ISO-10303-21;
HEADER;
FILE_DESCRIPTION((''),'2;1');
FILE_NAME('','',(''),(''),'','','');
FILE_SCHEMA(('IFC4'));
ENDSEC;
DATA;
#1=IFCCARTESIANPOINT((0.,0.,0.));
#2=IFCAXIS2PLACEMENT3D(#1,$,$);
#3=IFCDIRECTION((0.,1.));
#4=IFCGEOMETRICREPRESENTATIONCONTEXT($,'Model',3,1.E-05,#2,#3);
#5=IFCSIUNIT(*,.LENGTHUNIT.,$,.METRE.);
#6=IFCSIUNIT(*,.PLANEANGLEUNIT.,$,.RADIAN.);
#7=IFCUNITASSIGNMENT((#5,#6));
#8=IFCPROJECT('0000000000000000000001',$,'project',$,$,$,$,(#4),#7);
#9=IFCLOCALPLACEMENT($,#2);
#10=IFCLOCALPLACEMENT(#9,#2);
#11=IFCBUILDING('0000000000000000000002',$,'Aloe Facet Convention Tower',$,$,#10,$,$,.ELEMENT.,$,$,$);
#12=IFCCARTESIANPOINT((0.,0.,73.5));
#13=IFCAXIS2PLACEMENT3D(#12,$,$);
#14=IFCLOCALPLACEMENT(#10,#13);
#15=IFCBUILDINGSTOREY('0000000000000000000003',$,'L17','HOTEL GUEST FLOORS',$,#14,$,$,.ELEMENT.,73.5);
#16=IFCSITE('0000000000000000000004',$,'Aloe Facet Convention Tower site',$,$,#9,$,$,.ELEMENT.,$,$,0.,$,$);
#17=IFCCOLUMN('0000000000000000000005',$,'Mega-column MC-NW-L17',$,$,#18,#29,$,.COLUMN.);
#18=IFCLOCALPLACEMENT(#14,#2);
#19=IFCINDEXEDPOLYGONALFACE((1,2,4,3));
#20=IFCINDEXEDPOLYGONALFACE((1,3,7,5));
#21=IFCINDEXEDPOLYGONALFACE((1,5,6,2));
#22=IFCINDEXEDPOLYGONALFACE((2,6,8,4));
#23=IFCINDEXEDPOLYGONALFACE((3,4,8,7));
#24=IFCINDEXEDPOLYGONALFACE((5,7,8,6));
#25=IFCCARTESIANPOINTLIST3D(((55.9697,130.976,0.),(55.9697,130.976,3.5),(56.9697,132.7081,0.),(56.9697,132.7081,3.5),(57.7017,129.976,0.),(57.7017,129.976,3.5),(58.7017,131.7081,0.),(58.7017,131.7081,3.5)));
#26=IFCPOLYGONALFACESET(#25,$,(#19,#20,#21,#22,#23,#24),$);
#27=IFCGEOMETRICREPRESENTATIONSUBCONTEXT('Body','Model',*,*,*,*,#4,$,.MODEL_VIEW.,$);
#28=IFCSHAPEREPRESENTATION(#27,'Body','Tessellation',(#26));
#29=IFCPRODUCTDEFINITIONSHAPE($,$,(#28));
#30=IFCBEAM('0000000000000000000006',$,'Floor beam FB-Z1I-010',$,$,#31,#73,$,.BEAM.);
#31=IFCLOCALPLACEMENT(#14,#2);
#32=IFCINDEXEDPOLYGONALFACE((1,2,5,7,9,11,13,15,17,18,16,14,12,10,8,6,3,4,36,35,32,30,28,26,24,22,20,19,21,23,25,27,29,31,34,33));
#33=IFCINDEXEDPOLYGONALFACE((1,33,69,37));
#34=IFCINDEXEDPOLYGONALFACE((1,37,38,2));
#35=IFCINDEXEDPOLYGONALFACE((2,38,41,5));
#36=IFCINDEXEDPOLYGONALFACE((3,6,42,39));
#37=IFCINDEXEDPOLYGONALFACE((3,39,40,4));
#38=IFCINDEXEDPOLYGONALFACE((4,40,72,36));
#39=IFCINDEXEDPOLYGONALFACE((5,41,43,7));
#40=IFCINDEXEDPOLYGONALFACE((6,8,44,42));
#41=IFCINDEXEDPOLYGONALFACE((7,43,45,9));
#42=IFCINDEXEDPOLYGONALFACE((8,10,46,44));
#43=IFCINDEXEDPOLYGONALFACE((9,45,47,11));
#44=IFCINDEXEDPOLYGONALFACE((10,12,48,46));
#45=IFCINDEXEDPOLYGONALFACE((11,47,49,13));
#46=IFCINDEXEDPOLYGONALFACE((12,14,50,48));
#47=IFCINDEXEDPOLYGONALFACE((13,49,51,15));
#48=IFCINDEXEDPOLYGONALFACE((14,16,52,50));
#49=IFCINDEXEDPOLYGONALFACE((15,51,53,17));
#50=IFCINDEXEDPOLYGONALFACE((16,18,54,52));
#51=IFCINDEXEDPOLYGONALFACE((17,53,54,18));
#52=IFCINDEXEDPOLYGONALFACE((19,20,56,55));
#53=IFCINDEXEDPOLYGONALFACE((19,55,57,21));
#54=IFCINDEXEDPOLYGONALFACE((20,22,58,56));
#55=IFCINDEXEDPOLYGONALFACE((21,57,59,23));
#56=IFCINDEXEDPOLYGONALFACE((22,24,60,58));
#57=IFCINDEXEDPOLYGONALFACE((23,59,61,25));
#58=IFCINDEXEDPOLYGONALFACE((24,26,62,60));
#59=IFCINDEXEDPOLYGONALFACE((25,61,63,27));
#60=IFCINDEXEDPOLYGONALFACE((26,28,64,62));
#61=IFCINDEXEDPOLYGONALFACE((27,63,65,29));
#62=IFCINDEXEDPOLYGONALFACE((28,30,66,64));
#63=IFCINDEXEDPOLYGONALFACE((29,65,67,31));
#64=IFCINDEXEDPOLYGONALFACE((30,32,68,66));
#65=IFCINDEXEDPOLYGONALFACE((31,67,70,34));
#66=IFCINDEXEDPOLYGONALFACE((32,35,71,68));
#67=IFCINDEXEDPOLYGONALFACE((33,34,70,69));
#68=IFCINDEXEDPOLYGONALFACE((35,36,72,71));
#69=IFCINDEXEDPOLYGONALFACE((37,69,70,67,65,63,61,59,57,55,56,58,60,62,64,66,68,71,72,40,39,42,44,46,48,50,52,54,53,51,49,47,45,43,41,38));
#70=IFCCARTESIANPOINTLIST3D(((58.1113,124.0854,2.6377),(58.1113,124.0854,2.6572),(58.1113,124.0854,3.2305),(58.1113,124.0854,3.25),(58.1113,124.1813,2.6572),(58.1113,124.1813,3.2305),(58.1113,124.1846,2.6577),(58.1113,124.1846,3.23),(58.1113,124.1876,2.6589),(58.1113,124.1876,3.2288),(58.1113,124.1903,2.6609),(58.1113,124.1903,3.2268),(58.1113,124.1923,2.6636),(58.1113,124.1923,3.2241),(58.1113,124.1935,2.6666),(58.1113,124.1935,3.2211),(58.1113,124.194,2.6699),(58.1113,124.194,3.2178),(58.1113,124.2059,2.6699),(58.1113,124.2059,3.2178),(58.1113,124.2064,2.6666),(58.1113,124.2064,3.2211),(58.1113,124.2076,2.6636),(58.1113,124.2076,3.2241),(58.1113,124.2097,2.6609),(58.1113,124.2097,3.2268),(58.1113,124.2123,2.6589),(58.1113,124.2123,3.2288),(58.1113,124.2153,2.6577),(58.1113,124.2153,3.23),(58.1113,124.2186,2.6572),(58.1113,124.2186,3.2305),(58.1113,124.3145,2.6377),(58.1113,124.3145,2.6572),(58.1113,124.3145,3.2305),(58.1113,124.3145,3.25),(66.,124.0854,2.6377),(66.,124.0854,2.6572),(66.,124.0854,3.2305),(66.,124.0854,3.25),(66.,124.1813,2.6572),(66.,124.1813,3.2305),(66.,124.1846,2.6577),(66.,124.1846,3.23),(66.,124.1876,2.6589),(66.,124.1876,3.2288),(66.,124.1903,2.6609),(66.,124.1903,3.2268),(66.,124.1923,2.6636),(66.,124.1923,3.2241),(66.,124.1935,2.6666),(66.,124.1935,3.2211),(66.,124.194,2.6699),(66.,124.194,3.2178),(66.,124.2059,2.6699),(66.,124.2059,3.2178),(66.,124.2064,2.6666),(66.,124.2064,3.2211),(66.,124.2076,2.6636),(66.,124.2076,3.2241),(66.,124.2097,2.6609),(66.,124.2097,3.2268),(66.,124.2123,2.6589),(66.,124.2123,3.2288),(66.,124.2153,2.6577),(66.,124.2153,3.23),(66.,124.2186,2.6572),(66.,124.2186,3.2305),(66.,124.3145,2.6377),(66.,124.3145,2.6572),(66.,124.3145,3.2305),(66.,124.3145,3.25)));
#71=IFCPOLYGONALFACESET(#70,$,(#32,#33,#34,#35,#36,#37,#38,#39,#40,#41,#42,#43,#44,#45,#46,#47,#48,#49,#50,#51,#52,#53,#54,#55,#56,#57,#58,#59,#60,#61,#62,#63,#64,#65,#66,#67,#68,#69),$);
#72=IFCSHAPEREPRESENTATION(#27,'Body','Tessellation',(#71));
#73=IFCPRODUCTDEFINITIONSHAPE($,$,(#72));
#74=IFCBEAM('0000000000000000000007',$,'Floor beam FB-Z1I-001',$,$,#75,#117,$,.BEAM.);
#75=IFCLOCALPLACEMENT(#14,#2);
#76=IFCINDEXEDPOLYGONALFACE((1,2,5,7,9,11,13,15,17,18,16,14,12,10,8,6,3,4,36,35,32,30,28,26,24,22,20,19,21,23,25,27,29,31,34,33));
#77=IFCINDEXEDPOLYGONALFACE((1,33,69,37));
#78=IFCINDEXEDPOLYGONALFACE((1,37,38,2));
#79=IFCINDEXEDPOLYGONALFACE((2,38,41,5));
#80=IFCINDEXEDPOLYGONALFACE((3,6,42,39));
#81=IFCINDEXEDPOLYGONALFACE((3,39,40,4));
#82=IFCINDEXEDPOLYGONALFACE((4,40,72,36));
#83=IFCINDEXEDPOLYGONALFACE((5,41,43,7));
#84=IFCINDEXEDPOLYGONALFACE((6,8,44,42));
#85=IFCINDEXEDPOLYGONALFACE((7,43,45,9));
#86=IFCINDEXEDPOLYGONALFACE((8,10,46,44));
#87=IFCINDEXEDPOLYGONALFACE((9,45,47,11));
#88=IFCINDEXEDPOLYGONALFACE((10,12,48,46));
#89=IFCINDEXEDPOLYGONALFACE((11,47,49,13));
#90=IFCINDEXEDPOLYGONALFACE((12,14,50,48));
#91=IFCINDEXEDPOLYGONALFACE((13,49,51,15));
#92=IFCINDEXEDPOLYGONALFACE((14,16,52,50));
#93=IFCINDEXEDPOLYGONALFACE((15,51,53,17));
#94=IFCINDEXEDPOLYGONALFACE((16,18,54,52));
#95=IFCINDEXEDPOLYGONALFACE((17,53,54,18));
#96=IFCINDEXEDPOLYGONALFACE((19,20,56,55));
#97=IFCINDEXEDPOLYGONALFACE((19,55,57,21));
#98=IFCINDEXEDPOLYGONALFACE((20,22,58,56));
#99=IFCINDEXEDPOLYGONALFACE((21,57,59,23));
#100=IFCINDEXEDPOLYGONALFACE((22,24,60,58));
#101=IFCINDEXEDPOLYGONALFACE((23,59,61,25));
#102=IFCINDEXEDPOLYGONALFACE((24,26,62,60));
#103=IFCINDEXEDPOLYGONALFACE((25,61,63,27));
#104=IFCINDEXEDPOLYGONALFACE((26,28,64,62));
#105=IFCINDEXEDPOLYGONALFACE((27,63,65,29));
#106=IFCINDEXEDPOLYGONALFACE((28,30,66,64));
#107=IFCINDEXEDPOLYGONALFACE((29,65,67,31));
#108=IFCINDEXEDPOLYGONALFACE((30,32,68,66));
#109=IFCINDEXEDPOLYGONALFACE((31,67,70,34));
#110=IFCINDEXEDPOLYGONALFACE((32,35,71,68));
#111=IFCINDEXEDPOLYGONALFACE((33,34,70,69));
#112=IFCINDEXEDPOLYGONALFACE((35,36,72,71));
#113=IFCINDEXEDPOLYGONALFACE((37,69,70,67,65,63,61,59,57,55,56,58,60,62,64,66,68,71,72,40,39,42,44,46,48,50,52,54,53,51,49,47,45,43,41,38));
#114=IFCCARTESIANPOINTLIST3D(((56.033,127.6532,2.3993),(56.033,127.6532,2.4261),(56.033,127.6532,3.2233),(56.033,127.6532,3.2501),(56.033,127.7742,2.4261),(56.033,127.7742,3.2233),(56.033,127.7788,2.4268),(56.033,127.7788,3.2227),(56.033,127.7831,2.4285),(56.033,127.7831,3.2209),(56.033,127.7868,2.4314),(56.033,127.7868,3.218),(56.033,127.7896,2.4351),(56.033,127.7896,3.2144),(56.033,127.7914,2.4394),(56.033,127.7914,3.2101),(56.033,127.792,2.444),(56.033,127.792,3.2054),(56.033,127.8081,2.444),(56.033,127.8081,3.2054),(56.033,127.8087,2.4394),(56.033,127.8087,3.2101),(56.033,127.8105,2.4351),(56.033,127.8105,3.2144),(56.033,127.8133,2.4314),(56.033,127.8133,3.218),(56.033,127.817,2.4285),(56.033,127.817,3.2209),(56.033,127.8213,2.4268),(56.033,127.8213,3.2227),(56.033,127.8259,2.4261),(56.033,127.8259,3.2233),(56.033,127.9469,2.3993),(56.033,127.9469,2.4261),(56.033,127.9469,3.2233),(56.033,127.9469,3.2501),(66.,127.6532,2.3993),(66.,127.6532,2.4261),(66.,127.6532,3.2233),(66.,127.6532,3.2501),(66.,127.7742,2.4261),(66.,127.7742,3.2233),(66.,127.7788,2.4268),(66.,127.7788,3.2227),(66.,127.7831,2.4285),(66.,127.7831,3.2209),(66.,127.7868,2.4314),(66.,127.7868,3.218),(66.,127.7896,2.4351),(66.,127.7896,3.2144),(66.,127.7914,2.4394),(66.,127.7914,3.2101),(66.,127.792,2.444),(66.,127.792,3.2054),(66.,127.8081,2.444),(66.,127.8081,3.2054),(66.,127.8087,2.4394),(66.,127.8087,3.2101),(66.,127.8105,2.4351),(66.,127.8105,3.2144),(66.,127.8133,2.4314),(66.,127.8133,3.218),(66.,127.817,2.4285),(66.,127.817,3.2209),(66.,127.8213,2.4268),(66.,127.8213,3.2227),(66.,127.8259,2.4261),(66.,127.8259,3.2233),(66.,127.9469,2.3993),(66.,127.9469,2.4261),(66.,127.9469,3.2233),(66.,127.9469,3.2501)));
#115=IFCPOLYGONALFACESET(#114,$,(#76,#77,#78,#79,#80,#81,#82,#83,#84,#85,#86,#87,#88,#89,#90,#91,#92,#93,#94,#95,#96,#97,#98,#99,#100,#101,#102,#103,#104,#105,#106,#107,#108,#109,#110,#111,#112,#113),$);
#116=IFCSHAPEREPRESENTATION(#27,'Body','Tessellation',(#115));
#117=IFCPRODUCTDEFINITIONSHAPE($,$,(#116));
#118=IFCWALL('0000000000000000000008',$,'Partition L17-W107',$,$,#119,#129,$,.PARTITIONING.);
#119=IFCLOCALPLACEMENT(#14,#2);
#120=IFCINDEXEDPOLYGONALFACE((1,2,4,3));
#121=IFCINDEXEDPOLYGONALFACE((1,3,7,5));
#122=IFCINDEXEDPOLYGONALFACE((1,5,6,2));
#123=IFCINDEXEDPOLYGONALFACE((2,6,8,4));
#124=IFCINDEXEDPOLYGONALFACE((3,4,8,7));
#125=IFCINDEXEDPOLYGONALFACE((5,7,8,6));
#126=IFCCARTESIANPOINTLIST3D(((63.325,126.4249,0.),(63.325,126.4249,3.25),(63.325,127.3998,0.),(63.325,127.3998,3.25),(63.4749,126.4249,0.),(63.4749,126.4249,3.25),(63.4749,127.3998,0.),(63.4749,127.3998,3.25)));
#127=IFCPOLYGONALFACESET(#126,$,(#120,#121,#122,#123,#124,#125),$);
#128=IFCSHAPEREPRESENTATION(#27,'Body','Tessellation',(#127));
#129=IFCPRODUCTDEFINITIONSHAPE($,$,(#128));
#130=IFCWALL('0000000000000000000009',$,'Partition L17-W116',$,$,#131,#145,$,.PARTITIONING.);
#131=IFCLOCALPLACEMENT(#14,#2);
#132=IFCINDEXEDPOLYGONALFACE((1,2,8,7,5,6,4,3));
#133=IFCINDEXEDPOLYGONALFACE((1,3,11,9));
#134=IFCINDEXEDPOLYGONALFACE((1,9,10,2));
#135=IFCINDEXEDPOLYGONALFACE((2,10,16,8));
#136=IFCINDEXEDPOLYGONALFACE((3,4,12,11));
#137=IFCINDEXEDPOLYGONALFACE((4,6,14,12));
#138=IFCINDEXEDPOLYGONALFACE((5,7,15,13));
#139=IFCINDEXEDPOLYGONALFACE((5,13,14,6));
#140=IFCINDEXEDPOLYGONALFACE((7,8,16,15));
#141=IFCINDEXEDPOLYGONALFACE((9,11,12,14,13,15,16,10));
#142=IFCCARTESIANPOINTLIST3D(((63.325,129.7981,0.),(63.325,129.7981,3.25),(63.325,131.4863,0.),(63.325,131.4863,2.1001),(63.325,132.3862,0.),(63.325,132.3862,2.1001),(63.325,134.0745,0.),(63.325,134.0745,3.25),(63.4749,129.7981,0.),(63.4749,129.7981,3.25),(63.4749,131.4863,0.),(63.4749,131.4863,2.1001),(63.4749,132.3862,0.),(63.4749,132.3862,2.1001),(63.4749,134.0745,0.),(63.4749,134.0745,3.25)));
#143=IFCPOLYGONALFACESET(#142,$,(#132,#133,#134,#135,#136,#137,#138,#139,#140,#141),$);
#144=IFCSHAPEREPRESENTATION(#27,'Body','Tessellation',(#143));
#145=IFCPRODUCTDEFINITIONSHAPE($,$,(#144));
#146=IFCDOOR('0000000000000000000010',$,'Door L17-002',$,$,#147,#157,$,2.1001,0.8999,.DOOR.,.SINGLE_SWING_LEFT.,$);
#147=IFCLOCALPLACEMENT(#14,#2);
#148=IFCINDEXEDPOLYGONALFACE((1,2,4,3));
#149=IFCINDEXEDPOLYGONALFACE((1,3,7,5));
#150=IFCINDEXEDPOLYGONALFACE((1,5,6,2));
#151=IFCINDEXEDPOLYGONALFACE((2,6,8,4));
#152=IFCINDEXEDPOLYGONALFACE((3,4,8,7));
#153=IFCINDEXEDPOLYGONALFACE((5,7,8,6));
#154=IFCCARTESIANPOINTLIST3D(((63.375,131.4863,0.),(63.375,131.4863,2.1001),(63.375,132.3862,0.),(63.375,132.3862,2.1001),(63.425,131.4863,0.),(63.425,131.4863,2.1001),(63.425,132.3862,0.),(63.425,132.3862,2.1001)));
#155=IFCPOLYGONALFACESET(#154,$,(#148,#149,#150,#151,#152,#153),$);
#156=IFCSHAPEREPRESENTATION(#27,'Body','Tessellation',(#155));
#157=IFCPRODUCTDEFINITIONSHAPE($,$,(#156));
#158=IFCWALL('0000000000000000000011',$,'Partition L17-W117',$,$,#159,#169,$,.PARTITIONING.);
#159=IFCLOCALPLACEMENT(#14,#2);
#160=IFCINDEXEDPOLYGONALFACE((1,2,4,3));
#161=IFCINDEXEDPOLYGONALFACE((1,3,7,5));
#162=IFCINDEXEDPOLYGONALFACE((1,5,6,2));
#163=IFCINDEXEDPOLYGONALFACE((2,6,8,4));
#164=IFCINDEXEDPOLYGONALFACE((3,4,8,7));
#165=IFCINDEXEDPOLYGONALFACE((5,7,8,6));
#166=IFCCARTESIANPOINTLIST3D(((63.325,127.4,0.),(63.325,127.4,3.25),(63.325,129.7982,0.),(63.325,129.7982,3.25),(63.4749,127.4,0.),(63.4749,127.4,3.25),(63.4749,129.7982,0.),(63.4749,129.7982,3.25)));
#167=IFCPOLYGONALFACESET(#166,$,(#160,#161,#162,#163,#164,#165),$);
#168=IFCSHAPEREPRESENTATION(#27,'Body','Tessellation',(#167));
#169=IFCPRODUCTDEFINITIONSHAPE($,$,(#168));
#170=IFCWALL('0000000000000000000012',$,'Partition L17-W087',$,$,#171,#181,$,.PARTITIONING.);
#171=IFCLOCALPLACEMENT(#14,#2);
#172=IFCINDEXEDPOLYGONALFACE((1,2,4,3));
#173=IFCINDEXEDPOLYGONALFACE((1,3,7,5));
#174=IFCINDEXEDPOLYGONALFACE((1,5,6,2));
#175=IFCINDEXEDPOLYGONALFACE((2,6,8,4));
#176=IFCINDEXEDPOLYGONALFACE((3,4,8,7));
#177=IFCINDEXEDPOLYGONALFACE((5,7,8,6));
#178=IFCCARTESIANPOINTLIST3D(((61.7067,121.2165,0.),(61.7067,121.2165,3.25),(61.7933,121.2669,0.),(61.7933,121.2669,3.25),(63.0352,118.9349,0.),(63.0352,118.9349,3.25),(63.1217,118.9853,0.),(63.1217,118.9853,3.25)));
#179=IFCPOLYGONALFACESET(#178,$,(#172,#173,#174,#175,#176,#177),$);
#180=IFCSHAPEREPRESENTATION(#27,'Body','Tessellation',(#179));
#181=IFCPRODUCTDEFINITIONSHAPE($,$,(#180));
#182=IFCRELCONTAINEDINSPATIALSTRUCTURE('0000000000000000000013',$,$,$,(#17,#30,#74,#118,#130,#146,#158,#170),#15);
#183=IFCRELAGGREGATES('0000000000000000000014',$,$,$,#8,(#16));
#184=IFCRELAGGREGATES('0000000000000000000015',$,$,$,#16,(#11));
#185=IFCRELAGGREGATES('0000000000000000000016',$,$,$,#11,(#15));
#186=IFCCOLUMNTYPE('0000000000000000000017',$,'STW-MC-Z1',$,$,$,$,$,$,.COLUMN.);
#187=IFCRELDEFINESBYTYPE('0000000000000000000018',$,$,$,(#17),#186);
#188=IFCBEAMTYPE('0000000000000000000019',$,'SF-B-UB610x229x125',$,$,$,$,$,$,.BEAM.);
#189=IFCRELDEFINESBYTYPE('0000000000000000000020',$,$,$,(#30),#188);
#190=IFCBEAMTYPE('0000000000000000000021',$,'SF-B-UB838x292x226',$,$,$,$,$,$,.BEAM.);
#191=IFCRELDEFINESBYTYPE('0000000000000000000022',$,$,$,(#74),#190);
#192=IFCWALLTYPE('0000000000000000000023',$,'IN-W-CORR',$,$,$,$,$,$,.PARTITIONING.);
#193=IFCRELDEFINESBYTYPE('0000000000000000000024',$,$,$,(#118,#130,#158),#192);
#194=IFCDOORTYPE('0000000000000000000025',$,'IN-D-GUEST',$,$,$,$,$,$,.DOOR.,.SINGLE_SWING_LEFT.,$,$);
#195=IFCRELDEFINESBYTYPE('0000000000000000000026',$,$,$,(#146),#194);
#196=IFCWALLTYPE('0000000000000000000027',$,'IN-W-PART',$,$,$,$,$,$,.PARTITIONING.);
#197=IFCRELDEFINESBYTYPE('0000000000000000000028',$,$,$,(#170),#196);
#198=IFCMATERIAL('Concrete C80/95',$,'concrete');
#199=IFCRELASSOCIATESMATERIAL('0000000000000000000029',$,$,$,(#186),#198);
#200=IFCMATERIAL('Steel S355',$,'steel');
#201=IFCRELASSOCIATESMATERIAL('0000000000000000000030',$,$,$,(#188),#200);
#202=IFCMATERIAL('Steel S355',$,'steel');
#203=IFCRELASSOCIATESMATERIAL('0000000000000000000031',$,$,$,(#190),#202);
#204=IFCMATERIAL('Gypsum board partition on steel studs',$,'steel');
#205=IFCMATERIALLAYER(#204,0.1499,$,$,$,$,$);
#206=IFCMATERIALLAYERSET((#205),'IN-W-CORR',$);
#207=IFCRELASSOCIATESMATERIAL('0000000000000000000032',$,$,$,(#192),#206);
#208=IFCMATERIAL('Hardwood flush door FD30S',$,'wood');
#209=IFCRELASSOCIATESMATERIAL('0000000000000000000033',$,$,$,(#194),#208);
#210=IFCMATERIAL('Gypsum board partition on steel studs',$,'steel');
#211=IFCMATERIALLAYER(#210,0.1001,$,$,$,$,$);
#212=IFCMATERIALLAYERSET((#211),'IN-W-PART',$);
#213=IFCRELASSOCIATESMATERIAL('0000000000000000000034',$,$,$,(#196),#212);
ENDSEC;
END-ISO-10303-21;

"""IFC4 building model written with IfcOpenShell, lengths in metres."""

from ifc_helpers import new_model, si_unit, direction, frame, frame_2d, origin, origin_2d, place, context, subcontext, project, spatial, rectangle, i_section, extrude, material, layer, layer_set, material_profile, profile_set, type_object, element, fill, save


model = new_model("IFC4")

# Units and contexts
model_context = context("Model", 3, precision=1e-05, world=origin(), true_north=direction((0.0, 1.0)))
body_context = subcontext(model_context, "Body", "Model", "MODEL_VIEW")
ifc_project = project(units=[si_unit("LENGTHUNIT", "METRE"), si_unit("PLANEANGLEUNIT", "RADIAN")], contexts=[model_context])

# Site, building, storey
site_placement = place(None, origin())
site = spatial("IfcSite", under=ifc_project, at=site_placement, Name="Aloe Facet Convention Tower site", CompositionType="ELEMENT", RefElevation=0.0)
building_placement = place(site_placement, origin())
building = spatial("IfcBuilding", under=site, at=building_placement, Name="Aloe Facet Convention Tower", CompositionType="ELEMENT")
storey_placement = place(building_placement, frame((0.0, 0.0, 73.5)))
storey = spatial("IfcBuildingStorey", under=building, at=storey_placement, Name="L17", Description="HOTEL GUEST FLOORS", CompositionType="ELEMENT", Elevation=73.5)

# Column
ifc_material_1 = material(Name="Concrete C80/95", Category="concrete")
ifc_material_profile_1 = material_profile(ifc_material_1, rectangle(XDim=2.0, YDim=2.0, at=origin_2d()), Name="STW-MC-Z1")
ifc_profile_set_1 = profile_set([ifc_material_profile_1], Name="Concrete C80/95")
column_type = type_object("IfcColumnType", Name="STW-MC-Z1", PredefinedType="COLUMN", material=ifc_profile_set_1)
column_placement = place(storey_placement, frame((57.3357, 131.342, 0.0), z_axis=(0.0, 0.0, 1.0), x_axis=(-0.5, -0.866025, 0.0)))
element("IfcColumn", 1, at=column_placement, inside=storey, type_object=column_type, Name="Mega-column MC-NW-L17", PredefinedType="COLUMN", context=body_context, shape_type="SweptSolid", body=[
    extrude(rectangle(XDim=2.0, YDim=2.0, at=origin_2d()), origin(), (0.0, 0.0, 1.0), 3.5),
])

# Beams
ifc_material_2 = material(Name="Steel S355", Category="steel")
ifc_material_profile_2 = material_profile(ifc_material_2, i_section(OverallWidth=0.229, OverallDepth=0.6123, WebThickness=0.012, FlangeThickness=0.0195, FilletRadius=0.0127, at=origin_2d()), Name="UB 610x229x125")
ifc_profile_set_2 = profile_set([ifc_material_profile_2], Name="Steel S355")
beam_type_1 = type_object("IfcBeamType", Name="SF-B-UB610x229x125", PredefinedType="BEAM", material=ifc_profile_set_2)
beam_1_placement = place(storey_placement, frame((58.1113, 124.2, 2.9438), z_axis=(1.0, 0.0, 0.0), x_axis=(0.0, 1.0, 0.0)))
element("IfcBeam", 2, at=beam_1_placement, inside=storey, type_object=beam_type_1, Name="Floor beam FB-Z1I-010", PredefinedType="BEAM", context=body_context, shape_type="SweptSolid", body=[
    extrude(i_section(OverallWidth=0.229, OverallDepth=0.6123, WebThickness=0.012, FlangeThickness=0.0195, FilletRadius=0.0127, at=origin_2d()), origin(), (0.0, 0.0, 1.0), 7.8887),
])
ifc_material_3 = material(Name="Steel S355", Category="steel")
ifc_material_profile_3 = material_profile(ifc_material_3, i_section(OverallWidth=0.2937, OverallDepth=0.8508, WebThickness=0.0161, FlangeThickness=0.0269, FilletRadius=0.0178, at=origin_2d()), Name="UB 838x292x226")
ifc_profile_set_3 = profile_set([ifc_material_profile_3], Name="Steel S355")
beam_type_2 = type_object("IfcBeamType", Name="SF-B-UB838x292x226", PredefinedType="BEAM", material=ifc_profile_set_3)
beam_2_placement = place(storey_placement, frame((56.033, 127.8, 2.8247), z_axis=(1.0, 0.0, 0.0), x_axis=(0.0, 1.0, 0.0)))
element("IfcBeam", 3, at=beam_2_placement, inside=storey, type_object=beam_type_2, Name="Floor beam FB-Z1I-001", PredefinedType="BEAM", context=body_context, shape_type="SweptSolid", body=[
    extrude(i_section(OverallWidth=0.2937, OverallDepth=0.8508, WebThickness=0.0161, FlangeThickness=0.0269, FilletRadius=0.0178, at=origin_2d()), origin(), (0.0, 0.0, 1.0), 9.967),
])

# Wall
ifc_material_4 = material(Name="Gypsum board partition on steel studs", Category="steel")
ifc_layer_1 = layer(ifc_material_4, 0.1499)
ifc_layer_set_1 = layer_set([ifc_layer_1], Name="IN-W-CORR")
wall_type_1 = type_object("IfcWallType", Name="IN-W-CORR", PredefinedType="PARTITIONING", material=ifc_layer_set_1)
wall_1_placement = place(storey_placement, frame((63.3999, 126.425, 0.0), z_axis=(0.0, 0.0, 1.0), x_axis=(0.0, 1.0, 0.0)))
element("IfcWall", 4, at=wall_1_placement, inside=storey, type_object=wall_type_1, Name="Partition L17-W107", PredefinedType="PARTITIONING", context=body_context, shape_type="SweptSolid", body=[
    extrude(rectangle(XDim=0.9749, YDim=0.1499, at=frame_2d((0.4873, 0.0))), origin(), (0.0, 0.0, 1.0), 3.25),
])

# Wall, opening, door
wall_2_placement = place(storey_placement, frame((63.3999, 129.7981, 0.0), z_axis=(0.0, 0.0, 1.0), x_axis=(0.0, 1.0, 0.0)))
wall_2 = element("IfcWall", 5, at=wall_2_placement, inside=storey, type_object=wall_type_1, Name="Partition L17-W116", PredefinedType="PARTITIONING", context=body_context, shape_type="SweptSolid", body=[
    extrude(rectangle(XDim=4.2764, YDim=0.1499, at=frame_2d((2.1382, 0.0))), origin(), (0.0, 0.0, 1.0), 3.25),
])
opening_1_placement = place(wall_2_placement, frame((1.6882, 0.0, 0.0)))
opening_1 = element("IfcOpeningElement", 6, at=opening_1_placement, cuts=wall_2, PredefinedType="OPENING", context=body_context, shape_type="SweptSolid", body=[
    extrude(rectangle(XDim=0.8999, YDim=2.1001, at=frame_2d((0.45, 1.05))), frame((0.0, 0.085, 0.0), z_axis=(0.0, -1.0, 0.0), x_axis=(1.0, 0.0, 0.0)), (0.0, 0.0, 1.0), 0.1699),
])
ifc_material_5 = material(Name="Hardwood flush door FD30S", Category="wood")
door_type_1 = type_object("IfcDoorType", Name="IN-D-GUEST", OperationType="SINGLE_SWING_LEFT", PredefinedType="DOOR", material=ifc_material_5)
door_1_placement = place(opening_1_placement, origin())
door_1 = element("IfcDoor", 7, at=door_1_placement, inside=storey, type_object=door_type_1, Name="Door L17-002", OperationType="SINGLE_SWING_LEFT", OverallHeight=2.1001, OverallWidth=0.8999, PredefinedType="DOOR", context=body_context, shape_type="SweptSolid", body=[
    extrude(rectangle(XDim=0.8999, YDim=2.1001, at=frame_2d((0.45, 1.05))), frame((0.0, 0.0249, 0.0), z_axis=(0.0, -1.0, 0.0), x_axis=(1.0, 0.0, 0.0)), (0.0, 0.0, 1.0), 0.05),
])
fill(opening_1, door_1)

# Walls
wall_3_placement = place(storey_placement, frame((63.3999, 127.3999, 0.0), z_axis=(0.0, 0.0, 1.0), x_axis=(0.0, 1.0, 0.0)))
element("IfcWall", 8, at=wall_3_placement, inside=storey, type_object=wall_type_1, Name="Partition L17-W117", PredefinedType="PARTITIONING", context=body_context, shape_type="SweptSolid", body=[
    extrude(rectangle(XDim=2.3982, YDim=0.1499, at=frame_2d((1.1992, 0.0))), origin(), (0.0, 0.0, 1.0), 3.25),
])
ifc_material_6 = material(Name="Gypsum board partition on steel studs", Category="steel")
ifc_layer_2 = layer(ifc_material_6, 0.1001)
ifc_layer_set_2 = layer_set([ifc_layer_2], Name="IN-W-PART")
wall_type_2 = type_object("IfcWallType", Name="IN-W-PART", PredefinedType="PARTITIONING", material=ifc_layer_set_2)
wall_4_placement = place(storey_placement, frame((61.75, 121.2417, 0.0), z_axis=(0.0, 0.0, 1.0), x_axis=(0.503164, -0.864191, 0.0)))
element("IfcWall", 9, at=wall_4_placement, inside=storey, type_object=wall_type_2, Name="Partition L17-W087", PredefinedType="PARTITIONING", context=body_context, shape_type="SweptSolid", body=[
    extrude(rectangle(XDim=2.6401, YDim=0.1001, at=frame_2d((1.3201, 0.0))), origin(), (0.0, 0.0, 1.0), 3.25),
])

save(model, "model.ifc")
